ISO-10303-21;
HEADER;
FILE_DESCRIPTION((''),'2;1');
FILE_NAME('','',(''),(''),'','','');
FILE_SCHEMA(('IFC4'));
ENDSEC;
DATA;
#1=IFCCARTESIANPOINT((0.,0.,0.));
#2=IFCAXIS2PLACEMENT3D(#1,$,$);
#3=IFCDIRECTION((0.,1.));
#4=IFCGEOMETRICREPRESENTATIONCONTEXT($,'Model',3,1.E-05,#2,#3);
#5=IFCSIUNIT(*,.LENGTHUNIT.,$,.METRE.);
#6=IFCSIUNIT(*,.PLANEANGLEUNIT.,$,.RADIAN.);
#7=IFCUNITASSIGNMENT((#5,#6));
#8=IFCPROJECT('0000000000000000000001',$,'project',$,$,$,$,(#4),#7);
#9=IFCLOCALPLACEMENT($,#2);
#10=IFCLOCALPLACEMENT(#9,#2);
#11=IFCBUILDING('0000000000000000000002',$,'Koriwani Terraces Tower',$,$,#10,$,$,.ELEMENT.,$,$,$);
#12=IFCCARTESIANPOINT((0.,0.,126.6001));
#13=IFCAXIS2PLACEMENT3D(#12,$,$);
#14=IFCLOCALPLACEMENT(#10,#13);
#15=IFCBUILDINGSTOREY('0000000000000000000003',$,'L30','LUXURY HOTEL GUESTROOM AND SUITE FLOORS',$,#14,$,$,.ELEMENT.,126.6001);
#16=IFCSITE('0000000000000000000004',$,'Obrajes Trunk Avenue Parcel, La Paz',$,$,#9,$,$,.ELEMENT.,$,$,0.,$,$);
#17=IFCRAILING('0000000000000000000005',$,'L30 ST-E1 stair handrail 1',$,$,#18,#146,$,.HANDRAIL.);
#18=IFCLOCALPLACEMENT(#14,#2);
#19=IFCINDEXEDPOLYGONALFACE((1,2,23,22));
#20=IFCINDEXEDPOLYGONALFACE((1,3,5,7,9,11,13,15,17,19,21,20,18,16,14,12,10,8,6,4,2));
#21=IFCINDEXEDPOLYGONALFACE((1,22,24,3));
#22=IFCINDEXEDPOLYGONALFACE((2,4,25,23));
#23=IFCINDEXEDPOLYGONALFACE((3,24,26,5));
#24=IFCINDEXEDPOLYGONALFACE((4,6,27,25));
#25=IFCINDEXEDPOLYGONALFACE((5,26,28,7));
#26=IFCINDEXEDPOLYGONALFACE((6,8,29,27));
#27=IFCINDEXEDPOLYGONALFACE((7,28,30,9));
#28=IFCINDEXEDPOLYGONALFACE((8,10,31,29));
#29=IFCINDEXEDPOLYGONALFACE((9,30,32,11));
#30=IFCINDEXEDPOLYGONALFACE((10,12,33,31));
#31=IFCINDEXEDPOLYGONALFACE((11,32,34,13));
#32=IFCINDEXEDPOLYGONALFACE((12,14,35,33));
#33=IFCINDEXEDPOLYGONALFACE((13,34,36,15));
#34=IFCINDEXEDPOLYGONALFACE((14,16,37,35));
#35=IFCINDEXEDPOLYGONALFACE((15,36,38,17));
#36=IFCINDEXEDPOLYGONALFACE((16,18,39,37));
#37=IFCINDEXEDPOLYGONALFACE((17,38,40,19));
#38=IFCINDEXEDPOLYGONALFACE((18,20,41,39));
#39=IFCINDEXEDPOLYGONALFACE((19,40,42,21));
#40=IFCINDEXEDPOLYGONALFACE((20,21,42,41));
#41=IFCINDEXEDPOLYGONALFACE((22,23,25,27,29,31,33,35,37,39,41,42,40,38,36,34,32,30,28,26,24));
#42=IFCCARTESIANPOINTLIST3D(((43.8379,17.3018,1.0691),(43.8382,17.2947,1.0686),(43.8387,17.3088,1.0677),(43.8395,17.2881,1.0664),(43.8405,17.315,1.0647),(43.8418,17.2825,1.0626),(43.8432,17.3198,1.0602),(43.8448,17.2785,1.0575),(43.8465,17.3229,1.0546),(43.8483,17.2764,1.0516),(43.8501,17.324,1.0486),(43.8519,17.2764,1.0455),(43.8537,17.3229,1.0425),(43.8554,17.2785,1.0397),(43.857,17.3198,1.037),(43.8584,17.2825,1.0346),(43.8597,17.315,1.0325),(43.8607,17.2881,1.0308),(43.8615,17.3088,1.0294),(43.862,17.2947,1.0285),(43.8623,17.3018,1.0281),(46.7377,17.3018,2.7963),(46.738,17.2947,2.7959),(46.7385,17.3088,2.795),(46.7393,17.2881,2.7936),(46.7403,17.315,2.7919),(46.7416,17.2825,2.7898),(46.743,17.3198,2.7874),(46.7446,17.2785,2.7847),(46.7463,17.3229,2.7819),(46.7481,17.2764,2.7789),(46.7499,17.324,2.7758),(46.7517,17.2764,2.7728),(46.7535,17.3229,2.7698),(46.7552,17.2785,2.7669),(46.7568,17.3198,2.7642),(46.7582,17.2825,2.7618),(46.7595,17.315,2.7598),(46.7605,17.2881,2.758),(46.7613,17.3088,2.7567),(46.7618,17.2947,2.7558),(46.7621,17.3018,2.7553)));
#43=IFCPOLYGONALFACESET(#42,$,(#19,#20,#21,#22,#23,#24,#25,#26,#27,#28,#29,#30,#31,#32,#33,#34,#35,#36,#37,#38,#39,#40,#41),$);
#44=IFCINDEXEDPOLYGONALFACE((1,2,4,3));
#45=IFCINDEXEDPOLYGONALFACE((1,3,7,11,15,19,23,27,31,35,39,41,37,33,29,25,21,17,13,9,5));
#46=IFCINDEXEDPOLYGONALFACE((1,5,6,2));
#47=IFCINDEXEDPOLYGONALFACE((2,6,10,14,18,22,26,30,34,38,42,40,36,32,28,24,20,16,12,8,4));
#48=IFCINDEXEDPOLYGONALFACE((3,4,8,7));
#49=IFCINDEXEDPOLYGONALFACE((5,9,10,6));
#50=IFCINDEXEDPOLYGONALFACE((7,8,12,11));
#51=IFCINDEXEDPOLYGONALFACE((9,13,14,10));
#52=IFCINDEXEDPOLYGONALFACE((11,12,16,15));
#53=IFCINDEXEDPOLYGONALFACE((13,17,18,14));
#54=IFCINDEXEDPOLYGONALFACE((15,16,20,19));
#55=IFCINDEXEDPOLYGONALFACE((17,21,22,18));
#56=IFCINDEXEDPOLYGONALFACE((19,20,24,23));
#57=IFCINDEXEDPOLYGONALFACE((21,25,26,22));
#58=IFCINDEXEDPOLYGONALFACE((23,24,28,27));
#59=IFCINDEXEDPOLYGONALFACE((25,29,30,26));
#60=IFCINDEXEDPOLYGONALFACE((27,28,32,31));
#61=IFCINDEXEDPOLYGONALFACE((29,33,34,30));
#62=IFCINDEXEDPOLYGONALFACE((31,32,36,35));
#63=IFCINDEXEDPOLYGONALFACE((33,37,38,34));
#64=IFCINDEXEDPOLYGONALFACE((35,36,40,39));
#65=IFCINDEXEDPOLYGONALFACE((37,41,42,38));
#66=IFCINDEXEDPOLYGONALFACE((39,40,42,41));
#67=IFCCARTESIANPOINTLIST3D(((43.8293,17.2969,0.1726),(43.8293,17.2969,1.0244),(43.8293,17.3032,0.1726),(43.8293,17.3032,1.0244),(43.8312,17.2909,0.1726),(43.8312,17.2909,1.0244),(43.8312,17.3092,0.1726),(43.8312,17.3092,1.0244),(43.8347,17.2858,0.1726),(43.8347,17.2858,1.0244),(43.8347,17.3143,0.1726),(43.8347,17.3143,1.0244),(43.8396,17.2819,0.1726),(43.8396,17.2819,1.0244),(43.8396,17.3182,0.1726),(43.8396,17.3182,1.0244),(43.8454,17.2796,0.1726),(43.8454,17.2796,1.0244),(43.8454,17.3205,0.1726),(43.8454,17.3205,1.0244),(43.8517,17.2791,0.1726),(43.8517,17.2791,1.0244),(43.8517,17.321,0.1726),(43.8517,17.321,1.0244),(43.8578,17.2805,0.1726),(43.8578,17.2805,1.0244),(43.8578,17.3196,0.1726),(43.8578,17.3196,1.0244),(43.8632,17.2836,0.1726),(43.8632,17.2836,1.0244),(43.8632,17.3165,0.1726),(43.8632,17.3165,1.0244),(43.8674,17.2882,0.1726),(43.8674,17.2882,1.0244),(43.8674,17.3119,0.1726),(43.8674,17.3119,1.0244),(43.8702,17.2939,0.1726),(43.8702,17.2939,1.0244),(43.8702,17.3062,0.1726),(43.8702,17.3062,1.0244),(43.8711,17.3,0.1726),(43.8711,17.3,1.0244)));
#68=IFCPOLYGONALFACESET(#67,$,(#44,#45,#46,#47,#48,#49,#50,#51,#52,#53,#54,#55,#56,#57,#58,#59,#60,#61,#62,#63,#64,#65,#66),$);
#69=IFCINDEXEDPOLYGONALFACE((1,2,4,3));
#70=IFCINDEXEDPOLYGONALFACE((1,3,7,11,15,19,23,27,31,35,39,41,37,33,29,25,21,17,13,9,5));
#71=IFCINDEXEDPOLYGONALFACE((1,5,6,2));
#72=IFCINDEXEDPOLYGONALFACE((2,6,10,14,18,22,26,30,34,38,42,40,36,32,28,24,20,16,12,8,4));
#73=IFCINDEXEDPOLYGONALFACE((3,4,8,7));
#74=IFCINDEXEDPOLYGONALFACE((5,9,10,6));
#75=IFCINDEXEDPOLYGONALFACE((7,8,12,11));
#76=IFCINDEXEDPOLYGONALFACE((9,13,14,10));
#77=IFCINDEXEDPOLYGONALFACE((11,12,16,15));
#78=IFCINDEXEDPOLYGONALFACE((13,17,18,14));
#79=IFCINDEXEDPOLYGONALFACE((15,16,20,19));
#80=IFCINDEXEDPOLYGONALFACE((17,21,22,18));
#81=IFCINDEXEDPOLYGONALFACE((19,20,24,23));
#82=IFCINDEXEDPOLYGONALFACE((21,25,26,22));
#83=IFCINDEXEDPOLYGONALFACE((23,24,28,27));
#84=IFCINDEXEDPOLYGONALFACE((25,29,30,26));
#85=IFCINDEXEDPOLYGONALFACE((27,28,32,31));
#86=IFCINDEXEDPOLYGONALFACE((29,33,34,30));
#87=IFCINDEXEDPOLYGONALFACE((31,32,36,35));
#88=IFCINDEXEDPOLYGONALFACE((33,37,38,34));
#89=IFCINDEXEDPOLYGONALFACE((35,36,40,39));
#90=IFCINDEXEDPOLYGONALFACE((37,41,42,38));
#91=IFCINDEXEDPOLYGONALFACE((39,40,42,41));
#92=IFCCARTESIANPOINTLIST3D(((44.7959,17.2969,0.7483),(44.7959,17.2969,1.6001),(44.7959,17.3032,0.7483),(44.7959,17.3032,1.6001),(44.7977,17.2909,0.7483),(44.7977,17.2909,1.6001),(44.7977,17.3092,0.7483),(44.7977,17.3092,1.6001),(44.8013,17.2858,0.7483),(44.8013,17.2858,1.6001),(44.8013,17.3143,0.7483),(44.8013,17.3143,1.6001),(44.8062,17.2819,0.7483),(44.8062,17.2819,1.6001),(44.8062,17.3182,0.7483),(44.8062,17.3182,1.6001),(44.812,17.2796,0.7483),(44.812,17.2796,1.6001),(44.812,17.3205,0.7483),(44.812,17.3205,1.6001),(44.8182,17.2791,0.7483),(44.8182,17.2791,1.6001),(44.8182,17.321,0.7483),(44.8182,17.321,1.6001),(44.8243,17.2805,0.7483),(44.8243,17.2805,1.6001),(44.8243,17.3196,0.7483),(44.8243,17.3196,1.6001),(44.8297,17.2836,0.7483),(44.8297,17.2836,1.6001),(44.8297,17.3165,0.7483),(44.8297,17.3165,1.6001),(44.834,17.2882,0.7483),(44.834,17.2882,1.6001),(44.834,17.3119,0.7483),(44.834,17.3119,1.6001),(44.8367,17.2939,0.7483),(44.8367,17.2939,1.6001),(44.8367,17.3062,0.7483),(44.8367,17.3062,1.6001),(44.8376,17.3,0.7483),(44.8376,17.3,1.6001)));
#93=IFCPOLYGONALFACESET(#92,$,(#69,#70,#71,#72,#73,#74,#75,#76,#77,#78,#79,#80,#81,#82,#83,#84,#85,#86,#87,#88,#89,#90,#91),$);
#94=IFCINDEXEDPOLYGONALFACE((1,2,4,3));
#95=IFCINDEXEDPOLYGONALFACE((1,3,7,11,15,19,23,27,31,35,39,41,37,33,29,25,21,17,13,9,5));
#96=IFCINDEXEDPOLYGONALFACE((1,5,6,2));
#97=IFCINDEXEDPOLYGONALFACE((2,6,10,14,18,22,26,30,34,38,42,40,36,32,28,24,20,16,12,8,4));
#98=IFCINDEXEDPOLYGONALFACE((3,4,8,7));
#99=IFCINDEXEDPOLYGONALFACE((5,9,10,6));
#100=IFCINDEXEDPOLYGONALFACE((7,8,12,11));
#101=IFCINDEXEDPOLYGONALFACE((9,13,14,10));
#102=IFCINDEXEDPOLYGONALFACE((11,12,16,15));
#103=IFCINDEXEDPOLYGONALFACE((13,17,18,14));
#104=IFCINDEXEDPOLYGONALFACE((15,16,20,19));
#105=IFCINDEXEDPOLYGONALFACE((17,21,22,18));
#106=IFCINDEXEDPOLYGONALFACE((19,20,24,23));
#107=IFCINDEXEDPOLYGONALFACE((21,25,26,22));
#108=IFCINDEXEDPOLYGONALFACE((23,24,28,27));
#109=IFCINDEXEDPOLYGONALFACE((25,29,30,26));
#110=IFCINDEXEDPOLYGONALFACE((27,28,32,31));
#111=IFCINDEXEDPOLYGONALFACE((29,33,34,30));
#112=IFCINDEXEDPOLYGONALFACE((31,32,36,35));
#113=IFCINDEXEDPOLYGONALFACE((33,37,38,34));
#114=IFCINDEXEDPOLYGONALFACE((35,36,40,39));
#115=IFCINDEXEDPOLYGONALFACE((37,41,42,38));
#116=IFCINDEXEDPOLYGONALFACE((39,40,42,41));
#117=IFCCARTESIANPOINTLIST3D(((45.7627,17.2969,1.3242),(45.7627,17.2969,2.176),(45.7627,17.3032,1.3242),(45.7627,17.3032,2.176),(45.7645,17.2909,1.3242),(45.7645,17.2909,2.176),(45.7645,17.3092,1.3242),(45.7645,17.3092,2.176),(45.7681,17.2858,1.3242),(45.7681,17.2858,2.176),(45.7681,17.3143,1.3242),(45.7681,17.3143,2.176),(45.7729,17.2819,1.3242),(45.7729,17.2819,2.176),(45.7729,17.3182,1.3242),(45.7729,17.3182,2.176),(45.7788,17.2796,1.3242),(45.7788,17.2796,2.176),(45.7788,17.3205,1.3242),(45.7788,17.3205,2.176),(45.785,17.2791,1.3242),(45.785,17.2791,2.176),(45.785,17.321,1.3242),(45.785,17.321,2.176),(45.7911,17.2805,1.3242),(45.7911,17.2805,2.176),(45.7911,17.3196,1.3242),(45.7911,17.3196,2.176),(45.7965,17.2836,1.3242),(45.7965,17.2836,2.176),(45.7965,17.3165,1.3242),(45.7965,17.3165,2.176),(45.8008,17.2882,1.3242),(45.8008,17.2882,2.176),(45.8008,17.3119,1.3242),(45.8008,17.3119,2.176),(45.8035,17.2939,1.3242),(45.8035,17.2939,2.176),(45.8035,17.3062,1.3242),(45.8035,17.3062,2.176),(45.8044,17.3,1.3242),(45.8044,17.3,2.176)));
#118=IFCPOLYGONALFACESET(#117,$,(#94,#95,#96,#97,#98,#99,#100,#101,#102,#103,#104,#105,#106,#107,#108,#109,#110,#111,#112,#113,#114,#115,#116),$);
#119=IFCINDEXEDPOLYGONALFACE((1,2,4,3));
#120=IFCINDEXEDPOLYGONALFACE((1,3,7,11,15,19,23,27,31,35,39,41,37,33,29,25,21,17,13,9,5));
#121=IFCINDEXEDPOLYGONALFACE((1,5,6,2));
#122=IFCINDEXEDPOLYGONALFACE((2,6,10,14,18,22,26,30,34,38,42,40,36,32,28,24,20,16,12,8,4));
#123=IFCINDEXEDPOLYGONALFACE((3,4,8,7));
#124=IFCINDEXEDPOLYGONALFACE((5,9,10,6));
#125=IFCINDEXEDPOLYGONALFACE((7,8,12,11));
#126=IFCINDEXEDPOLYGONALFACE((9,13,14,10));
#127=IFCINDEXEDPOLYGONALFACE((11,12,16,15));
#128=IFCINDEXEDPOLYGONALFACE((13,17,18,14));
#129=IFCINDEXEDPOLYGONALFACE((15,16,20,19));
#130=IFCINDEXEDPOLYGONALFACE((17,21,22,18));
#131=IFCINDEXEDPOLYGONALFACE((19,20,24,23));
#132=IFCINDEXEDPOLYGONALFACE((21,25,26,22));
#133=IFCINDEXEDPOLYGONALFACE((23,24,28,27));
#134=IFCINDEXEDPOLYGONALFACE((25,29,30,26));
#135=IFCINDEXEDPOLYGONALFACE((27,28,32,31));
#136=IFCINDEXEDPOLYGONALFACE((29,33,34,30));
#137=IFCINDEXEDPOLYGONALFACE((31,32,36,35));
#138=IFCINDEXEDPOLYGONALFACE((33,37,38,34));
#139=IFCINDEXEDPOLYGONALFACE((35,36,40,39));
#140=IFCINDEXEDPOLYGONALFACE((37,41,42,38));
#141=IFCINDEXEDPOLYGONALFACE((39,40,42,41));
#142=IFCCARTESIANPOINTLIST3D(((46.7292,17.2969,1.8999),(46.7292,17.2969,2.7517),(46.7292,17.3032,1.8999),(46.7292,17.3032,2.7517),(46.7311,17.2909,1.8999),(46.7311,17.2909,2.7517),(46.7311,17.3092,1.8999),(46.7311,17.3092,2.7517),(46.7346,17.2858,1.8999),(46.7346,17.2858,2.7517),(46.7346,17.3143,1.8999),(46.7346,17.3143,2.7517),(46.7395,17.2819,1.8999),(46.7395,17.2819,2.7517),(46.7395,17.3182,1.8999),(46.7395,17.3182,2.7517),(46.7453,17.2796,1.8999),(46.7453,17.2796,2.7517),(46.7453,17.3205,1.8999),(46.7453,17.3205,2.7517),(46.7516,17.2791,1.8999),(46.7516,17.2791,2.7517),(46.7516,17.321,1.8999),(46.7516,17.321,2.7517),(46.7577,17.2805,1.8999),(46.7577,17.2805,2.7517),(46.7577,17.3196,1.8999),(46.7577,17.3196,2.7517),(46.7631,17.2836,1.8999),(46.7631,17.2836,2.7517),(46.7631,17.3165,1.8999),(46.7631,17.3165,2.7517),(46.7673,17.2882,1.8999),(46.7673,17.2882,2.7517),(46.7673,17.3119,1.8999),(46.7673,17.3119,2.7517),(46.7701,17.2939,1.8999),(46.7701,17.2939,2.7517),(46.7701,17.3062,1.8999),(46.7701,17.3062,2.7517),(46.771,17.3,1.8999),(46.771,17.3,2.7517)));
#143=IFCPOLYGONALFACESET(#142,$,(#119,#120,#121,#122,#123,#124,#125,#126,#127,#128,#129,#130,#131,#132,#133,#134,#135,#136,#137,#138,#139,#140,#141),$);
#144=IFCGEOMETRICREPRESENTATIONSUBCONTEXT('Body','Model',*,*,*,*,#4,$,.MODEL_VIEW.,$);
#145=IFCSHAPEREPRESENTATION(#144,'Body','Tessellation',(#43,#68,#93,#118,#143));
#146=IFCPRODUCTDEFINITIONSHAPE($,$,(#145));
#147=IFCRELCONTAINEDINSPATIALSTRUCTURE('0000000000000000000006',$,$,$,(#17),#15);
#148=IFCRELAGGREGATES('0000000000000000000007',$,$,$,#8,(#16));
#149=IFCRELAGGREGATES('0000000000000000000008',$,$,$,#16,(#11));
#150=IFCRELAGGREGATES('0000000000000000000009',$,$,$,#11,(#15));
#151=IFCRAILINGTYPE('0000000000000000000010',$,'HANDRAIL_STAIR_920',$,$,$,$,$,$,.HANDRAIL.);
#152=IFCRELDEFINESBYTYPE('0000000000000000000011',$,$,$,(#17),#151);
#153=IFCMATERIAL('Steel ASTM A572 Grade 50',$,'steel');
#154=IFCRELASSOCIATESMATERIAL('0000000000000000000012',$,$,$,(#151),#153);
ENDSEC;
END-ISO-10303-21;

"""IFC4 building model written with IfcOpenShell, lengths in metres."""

from ifc_helpers import new_model, si_unit, direction, frame, origin, origin_2d, place, context, subcontext, project, spatial, circle, extrude, material, type_object, element, save


model = new_model("IFC4")

# Units and contexts
model_context = context("Model", 3, precision=1e-05, world=origin(), true_north=direction((0.0, 1.0)))
body_context = subcontext(model_context, "Body", "Model", "MODEL_VIEW")
ifc_project = project(units=[si_unit("LENGTHUNIT", "METRE"), si_unit("PLANEANGLEUNIT", "RADIAN")], contexts=[model_context])

# Site, building, storey
site_placement = place(None, origin())
site = spatial("IfcSite", under=ifc_project, at=site_placement, Name="Obrajes Trunk Avenue Parcel, La Paz", CompositionType="ELEMENT", RefElevation=0.0)
building_placement = place(site_placement, origin())
building = spatial("IfcBuilding", under=site, at=building_placement, Name="Koriwani Terraces Tower", CompositionType="ELEMENT")
storey_placement = place(building_placement, frame((0.0, 0.0, 126.6001)))
storey = spatial("IfcBuildingStorey", under=building, at=storey_placement, Name="L30", Description="LUXURY HOTEL GUESTROOM AND SUITE FLOORS", CompositionType="ELEMENT", Elevation=126.6001)

# Shared definitions
ifc_material_1 = material(Name="Steel ASTM A572 Grade 50", Category="steel")

# Railing
railing_type = type_object("IfcRailingType", Name="HANDRAIL_STAIR_920", PredefinedType="HANDRAIL", material=ifc_material_1)
for number, where, name in (
    (1, (43.8501, 17.3, 0.1726), "L30 ST-E1 stair handrail 1"),
):
    element("IfcRailing", number, at=place(storey_placement, frame(where)), inside=storey, type_object=railing_type, Name=name, PredefinedType="HANDRAIL", context=body_context, shape_type="SweptSolid", body=[
        extrude(circle(Radius=0.0239, at=origin_2d()), frame((0.0, 0.0, 0.876), z_axis=(0.859141, 0.0, 0.511738), x_axis=(0.0, 1.0, 0.0)), (0.0, 0.0, 1.0), 3.3752),
        extrude(circle(Radius=0.021, at=origin_2d()), origin(), (0.0, 0.0, 1.0), 0.8518),
        extrude(circle(Radius=0.021, at=origin_2d()), frame((0.9666, 0.0, 0.5757)), (0.0, 0.0, 1.0), 0.8518),
        extrude(circle(Radius=0.021, at=origin_2d()), frame((1.9333, 0.0, 1.1516)), (0.0, 0.0, 1.0), 0.8518),
        extrude(circle(Radius=0.021, at=origin_2d()), frame((2.8999, 0.0, 1.7273)), (0.0, 0.0, 1.0), 0.8518),
    ])

save(model, "model.ifc")
